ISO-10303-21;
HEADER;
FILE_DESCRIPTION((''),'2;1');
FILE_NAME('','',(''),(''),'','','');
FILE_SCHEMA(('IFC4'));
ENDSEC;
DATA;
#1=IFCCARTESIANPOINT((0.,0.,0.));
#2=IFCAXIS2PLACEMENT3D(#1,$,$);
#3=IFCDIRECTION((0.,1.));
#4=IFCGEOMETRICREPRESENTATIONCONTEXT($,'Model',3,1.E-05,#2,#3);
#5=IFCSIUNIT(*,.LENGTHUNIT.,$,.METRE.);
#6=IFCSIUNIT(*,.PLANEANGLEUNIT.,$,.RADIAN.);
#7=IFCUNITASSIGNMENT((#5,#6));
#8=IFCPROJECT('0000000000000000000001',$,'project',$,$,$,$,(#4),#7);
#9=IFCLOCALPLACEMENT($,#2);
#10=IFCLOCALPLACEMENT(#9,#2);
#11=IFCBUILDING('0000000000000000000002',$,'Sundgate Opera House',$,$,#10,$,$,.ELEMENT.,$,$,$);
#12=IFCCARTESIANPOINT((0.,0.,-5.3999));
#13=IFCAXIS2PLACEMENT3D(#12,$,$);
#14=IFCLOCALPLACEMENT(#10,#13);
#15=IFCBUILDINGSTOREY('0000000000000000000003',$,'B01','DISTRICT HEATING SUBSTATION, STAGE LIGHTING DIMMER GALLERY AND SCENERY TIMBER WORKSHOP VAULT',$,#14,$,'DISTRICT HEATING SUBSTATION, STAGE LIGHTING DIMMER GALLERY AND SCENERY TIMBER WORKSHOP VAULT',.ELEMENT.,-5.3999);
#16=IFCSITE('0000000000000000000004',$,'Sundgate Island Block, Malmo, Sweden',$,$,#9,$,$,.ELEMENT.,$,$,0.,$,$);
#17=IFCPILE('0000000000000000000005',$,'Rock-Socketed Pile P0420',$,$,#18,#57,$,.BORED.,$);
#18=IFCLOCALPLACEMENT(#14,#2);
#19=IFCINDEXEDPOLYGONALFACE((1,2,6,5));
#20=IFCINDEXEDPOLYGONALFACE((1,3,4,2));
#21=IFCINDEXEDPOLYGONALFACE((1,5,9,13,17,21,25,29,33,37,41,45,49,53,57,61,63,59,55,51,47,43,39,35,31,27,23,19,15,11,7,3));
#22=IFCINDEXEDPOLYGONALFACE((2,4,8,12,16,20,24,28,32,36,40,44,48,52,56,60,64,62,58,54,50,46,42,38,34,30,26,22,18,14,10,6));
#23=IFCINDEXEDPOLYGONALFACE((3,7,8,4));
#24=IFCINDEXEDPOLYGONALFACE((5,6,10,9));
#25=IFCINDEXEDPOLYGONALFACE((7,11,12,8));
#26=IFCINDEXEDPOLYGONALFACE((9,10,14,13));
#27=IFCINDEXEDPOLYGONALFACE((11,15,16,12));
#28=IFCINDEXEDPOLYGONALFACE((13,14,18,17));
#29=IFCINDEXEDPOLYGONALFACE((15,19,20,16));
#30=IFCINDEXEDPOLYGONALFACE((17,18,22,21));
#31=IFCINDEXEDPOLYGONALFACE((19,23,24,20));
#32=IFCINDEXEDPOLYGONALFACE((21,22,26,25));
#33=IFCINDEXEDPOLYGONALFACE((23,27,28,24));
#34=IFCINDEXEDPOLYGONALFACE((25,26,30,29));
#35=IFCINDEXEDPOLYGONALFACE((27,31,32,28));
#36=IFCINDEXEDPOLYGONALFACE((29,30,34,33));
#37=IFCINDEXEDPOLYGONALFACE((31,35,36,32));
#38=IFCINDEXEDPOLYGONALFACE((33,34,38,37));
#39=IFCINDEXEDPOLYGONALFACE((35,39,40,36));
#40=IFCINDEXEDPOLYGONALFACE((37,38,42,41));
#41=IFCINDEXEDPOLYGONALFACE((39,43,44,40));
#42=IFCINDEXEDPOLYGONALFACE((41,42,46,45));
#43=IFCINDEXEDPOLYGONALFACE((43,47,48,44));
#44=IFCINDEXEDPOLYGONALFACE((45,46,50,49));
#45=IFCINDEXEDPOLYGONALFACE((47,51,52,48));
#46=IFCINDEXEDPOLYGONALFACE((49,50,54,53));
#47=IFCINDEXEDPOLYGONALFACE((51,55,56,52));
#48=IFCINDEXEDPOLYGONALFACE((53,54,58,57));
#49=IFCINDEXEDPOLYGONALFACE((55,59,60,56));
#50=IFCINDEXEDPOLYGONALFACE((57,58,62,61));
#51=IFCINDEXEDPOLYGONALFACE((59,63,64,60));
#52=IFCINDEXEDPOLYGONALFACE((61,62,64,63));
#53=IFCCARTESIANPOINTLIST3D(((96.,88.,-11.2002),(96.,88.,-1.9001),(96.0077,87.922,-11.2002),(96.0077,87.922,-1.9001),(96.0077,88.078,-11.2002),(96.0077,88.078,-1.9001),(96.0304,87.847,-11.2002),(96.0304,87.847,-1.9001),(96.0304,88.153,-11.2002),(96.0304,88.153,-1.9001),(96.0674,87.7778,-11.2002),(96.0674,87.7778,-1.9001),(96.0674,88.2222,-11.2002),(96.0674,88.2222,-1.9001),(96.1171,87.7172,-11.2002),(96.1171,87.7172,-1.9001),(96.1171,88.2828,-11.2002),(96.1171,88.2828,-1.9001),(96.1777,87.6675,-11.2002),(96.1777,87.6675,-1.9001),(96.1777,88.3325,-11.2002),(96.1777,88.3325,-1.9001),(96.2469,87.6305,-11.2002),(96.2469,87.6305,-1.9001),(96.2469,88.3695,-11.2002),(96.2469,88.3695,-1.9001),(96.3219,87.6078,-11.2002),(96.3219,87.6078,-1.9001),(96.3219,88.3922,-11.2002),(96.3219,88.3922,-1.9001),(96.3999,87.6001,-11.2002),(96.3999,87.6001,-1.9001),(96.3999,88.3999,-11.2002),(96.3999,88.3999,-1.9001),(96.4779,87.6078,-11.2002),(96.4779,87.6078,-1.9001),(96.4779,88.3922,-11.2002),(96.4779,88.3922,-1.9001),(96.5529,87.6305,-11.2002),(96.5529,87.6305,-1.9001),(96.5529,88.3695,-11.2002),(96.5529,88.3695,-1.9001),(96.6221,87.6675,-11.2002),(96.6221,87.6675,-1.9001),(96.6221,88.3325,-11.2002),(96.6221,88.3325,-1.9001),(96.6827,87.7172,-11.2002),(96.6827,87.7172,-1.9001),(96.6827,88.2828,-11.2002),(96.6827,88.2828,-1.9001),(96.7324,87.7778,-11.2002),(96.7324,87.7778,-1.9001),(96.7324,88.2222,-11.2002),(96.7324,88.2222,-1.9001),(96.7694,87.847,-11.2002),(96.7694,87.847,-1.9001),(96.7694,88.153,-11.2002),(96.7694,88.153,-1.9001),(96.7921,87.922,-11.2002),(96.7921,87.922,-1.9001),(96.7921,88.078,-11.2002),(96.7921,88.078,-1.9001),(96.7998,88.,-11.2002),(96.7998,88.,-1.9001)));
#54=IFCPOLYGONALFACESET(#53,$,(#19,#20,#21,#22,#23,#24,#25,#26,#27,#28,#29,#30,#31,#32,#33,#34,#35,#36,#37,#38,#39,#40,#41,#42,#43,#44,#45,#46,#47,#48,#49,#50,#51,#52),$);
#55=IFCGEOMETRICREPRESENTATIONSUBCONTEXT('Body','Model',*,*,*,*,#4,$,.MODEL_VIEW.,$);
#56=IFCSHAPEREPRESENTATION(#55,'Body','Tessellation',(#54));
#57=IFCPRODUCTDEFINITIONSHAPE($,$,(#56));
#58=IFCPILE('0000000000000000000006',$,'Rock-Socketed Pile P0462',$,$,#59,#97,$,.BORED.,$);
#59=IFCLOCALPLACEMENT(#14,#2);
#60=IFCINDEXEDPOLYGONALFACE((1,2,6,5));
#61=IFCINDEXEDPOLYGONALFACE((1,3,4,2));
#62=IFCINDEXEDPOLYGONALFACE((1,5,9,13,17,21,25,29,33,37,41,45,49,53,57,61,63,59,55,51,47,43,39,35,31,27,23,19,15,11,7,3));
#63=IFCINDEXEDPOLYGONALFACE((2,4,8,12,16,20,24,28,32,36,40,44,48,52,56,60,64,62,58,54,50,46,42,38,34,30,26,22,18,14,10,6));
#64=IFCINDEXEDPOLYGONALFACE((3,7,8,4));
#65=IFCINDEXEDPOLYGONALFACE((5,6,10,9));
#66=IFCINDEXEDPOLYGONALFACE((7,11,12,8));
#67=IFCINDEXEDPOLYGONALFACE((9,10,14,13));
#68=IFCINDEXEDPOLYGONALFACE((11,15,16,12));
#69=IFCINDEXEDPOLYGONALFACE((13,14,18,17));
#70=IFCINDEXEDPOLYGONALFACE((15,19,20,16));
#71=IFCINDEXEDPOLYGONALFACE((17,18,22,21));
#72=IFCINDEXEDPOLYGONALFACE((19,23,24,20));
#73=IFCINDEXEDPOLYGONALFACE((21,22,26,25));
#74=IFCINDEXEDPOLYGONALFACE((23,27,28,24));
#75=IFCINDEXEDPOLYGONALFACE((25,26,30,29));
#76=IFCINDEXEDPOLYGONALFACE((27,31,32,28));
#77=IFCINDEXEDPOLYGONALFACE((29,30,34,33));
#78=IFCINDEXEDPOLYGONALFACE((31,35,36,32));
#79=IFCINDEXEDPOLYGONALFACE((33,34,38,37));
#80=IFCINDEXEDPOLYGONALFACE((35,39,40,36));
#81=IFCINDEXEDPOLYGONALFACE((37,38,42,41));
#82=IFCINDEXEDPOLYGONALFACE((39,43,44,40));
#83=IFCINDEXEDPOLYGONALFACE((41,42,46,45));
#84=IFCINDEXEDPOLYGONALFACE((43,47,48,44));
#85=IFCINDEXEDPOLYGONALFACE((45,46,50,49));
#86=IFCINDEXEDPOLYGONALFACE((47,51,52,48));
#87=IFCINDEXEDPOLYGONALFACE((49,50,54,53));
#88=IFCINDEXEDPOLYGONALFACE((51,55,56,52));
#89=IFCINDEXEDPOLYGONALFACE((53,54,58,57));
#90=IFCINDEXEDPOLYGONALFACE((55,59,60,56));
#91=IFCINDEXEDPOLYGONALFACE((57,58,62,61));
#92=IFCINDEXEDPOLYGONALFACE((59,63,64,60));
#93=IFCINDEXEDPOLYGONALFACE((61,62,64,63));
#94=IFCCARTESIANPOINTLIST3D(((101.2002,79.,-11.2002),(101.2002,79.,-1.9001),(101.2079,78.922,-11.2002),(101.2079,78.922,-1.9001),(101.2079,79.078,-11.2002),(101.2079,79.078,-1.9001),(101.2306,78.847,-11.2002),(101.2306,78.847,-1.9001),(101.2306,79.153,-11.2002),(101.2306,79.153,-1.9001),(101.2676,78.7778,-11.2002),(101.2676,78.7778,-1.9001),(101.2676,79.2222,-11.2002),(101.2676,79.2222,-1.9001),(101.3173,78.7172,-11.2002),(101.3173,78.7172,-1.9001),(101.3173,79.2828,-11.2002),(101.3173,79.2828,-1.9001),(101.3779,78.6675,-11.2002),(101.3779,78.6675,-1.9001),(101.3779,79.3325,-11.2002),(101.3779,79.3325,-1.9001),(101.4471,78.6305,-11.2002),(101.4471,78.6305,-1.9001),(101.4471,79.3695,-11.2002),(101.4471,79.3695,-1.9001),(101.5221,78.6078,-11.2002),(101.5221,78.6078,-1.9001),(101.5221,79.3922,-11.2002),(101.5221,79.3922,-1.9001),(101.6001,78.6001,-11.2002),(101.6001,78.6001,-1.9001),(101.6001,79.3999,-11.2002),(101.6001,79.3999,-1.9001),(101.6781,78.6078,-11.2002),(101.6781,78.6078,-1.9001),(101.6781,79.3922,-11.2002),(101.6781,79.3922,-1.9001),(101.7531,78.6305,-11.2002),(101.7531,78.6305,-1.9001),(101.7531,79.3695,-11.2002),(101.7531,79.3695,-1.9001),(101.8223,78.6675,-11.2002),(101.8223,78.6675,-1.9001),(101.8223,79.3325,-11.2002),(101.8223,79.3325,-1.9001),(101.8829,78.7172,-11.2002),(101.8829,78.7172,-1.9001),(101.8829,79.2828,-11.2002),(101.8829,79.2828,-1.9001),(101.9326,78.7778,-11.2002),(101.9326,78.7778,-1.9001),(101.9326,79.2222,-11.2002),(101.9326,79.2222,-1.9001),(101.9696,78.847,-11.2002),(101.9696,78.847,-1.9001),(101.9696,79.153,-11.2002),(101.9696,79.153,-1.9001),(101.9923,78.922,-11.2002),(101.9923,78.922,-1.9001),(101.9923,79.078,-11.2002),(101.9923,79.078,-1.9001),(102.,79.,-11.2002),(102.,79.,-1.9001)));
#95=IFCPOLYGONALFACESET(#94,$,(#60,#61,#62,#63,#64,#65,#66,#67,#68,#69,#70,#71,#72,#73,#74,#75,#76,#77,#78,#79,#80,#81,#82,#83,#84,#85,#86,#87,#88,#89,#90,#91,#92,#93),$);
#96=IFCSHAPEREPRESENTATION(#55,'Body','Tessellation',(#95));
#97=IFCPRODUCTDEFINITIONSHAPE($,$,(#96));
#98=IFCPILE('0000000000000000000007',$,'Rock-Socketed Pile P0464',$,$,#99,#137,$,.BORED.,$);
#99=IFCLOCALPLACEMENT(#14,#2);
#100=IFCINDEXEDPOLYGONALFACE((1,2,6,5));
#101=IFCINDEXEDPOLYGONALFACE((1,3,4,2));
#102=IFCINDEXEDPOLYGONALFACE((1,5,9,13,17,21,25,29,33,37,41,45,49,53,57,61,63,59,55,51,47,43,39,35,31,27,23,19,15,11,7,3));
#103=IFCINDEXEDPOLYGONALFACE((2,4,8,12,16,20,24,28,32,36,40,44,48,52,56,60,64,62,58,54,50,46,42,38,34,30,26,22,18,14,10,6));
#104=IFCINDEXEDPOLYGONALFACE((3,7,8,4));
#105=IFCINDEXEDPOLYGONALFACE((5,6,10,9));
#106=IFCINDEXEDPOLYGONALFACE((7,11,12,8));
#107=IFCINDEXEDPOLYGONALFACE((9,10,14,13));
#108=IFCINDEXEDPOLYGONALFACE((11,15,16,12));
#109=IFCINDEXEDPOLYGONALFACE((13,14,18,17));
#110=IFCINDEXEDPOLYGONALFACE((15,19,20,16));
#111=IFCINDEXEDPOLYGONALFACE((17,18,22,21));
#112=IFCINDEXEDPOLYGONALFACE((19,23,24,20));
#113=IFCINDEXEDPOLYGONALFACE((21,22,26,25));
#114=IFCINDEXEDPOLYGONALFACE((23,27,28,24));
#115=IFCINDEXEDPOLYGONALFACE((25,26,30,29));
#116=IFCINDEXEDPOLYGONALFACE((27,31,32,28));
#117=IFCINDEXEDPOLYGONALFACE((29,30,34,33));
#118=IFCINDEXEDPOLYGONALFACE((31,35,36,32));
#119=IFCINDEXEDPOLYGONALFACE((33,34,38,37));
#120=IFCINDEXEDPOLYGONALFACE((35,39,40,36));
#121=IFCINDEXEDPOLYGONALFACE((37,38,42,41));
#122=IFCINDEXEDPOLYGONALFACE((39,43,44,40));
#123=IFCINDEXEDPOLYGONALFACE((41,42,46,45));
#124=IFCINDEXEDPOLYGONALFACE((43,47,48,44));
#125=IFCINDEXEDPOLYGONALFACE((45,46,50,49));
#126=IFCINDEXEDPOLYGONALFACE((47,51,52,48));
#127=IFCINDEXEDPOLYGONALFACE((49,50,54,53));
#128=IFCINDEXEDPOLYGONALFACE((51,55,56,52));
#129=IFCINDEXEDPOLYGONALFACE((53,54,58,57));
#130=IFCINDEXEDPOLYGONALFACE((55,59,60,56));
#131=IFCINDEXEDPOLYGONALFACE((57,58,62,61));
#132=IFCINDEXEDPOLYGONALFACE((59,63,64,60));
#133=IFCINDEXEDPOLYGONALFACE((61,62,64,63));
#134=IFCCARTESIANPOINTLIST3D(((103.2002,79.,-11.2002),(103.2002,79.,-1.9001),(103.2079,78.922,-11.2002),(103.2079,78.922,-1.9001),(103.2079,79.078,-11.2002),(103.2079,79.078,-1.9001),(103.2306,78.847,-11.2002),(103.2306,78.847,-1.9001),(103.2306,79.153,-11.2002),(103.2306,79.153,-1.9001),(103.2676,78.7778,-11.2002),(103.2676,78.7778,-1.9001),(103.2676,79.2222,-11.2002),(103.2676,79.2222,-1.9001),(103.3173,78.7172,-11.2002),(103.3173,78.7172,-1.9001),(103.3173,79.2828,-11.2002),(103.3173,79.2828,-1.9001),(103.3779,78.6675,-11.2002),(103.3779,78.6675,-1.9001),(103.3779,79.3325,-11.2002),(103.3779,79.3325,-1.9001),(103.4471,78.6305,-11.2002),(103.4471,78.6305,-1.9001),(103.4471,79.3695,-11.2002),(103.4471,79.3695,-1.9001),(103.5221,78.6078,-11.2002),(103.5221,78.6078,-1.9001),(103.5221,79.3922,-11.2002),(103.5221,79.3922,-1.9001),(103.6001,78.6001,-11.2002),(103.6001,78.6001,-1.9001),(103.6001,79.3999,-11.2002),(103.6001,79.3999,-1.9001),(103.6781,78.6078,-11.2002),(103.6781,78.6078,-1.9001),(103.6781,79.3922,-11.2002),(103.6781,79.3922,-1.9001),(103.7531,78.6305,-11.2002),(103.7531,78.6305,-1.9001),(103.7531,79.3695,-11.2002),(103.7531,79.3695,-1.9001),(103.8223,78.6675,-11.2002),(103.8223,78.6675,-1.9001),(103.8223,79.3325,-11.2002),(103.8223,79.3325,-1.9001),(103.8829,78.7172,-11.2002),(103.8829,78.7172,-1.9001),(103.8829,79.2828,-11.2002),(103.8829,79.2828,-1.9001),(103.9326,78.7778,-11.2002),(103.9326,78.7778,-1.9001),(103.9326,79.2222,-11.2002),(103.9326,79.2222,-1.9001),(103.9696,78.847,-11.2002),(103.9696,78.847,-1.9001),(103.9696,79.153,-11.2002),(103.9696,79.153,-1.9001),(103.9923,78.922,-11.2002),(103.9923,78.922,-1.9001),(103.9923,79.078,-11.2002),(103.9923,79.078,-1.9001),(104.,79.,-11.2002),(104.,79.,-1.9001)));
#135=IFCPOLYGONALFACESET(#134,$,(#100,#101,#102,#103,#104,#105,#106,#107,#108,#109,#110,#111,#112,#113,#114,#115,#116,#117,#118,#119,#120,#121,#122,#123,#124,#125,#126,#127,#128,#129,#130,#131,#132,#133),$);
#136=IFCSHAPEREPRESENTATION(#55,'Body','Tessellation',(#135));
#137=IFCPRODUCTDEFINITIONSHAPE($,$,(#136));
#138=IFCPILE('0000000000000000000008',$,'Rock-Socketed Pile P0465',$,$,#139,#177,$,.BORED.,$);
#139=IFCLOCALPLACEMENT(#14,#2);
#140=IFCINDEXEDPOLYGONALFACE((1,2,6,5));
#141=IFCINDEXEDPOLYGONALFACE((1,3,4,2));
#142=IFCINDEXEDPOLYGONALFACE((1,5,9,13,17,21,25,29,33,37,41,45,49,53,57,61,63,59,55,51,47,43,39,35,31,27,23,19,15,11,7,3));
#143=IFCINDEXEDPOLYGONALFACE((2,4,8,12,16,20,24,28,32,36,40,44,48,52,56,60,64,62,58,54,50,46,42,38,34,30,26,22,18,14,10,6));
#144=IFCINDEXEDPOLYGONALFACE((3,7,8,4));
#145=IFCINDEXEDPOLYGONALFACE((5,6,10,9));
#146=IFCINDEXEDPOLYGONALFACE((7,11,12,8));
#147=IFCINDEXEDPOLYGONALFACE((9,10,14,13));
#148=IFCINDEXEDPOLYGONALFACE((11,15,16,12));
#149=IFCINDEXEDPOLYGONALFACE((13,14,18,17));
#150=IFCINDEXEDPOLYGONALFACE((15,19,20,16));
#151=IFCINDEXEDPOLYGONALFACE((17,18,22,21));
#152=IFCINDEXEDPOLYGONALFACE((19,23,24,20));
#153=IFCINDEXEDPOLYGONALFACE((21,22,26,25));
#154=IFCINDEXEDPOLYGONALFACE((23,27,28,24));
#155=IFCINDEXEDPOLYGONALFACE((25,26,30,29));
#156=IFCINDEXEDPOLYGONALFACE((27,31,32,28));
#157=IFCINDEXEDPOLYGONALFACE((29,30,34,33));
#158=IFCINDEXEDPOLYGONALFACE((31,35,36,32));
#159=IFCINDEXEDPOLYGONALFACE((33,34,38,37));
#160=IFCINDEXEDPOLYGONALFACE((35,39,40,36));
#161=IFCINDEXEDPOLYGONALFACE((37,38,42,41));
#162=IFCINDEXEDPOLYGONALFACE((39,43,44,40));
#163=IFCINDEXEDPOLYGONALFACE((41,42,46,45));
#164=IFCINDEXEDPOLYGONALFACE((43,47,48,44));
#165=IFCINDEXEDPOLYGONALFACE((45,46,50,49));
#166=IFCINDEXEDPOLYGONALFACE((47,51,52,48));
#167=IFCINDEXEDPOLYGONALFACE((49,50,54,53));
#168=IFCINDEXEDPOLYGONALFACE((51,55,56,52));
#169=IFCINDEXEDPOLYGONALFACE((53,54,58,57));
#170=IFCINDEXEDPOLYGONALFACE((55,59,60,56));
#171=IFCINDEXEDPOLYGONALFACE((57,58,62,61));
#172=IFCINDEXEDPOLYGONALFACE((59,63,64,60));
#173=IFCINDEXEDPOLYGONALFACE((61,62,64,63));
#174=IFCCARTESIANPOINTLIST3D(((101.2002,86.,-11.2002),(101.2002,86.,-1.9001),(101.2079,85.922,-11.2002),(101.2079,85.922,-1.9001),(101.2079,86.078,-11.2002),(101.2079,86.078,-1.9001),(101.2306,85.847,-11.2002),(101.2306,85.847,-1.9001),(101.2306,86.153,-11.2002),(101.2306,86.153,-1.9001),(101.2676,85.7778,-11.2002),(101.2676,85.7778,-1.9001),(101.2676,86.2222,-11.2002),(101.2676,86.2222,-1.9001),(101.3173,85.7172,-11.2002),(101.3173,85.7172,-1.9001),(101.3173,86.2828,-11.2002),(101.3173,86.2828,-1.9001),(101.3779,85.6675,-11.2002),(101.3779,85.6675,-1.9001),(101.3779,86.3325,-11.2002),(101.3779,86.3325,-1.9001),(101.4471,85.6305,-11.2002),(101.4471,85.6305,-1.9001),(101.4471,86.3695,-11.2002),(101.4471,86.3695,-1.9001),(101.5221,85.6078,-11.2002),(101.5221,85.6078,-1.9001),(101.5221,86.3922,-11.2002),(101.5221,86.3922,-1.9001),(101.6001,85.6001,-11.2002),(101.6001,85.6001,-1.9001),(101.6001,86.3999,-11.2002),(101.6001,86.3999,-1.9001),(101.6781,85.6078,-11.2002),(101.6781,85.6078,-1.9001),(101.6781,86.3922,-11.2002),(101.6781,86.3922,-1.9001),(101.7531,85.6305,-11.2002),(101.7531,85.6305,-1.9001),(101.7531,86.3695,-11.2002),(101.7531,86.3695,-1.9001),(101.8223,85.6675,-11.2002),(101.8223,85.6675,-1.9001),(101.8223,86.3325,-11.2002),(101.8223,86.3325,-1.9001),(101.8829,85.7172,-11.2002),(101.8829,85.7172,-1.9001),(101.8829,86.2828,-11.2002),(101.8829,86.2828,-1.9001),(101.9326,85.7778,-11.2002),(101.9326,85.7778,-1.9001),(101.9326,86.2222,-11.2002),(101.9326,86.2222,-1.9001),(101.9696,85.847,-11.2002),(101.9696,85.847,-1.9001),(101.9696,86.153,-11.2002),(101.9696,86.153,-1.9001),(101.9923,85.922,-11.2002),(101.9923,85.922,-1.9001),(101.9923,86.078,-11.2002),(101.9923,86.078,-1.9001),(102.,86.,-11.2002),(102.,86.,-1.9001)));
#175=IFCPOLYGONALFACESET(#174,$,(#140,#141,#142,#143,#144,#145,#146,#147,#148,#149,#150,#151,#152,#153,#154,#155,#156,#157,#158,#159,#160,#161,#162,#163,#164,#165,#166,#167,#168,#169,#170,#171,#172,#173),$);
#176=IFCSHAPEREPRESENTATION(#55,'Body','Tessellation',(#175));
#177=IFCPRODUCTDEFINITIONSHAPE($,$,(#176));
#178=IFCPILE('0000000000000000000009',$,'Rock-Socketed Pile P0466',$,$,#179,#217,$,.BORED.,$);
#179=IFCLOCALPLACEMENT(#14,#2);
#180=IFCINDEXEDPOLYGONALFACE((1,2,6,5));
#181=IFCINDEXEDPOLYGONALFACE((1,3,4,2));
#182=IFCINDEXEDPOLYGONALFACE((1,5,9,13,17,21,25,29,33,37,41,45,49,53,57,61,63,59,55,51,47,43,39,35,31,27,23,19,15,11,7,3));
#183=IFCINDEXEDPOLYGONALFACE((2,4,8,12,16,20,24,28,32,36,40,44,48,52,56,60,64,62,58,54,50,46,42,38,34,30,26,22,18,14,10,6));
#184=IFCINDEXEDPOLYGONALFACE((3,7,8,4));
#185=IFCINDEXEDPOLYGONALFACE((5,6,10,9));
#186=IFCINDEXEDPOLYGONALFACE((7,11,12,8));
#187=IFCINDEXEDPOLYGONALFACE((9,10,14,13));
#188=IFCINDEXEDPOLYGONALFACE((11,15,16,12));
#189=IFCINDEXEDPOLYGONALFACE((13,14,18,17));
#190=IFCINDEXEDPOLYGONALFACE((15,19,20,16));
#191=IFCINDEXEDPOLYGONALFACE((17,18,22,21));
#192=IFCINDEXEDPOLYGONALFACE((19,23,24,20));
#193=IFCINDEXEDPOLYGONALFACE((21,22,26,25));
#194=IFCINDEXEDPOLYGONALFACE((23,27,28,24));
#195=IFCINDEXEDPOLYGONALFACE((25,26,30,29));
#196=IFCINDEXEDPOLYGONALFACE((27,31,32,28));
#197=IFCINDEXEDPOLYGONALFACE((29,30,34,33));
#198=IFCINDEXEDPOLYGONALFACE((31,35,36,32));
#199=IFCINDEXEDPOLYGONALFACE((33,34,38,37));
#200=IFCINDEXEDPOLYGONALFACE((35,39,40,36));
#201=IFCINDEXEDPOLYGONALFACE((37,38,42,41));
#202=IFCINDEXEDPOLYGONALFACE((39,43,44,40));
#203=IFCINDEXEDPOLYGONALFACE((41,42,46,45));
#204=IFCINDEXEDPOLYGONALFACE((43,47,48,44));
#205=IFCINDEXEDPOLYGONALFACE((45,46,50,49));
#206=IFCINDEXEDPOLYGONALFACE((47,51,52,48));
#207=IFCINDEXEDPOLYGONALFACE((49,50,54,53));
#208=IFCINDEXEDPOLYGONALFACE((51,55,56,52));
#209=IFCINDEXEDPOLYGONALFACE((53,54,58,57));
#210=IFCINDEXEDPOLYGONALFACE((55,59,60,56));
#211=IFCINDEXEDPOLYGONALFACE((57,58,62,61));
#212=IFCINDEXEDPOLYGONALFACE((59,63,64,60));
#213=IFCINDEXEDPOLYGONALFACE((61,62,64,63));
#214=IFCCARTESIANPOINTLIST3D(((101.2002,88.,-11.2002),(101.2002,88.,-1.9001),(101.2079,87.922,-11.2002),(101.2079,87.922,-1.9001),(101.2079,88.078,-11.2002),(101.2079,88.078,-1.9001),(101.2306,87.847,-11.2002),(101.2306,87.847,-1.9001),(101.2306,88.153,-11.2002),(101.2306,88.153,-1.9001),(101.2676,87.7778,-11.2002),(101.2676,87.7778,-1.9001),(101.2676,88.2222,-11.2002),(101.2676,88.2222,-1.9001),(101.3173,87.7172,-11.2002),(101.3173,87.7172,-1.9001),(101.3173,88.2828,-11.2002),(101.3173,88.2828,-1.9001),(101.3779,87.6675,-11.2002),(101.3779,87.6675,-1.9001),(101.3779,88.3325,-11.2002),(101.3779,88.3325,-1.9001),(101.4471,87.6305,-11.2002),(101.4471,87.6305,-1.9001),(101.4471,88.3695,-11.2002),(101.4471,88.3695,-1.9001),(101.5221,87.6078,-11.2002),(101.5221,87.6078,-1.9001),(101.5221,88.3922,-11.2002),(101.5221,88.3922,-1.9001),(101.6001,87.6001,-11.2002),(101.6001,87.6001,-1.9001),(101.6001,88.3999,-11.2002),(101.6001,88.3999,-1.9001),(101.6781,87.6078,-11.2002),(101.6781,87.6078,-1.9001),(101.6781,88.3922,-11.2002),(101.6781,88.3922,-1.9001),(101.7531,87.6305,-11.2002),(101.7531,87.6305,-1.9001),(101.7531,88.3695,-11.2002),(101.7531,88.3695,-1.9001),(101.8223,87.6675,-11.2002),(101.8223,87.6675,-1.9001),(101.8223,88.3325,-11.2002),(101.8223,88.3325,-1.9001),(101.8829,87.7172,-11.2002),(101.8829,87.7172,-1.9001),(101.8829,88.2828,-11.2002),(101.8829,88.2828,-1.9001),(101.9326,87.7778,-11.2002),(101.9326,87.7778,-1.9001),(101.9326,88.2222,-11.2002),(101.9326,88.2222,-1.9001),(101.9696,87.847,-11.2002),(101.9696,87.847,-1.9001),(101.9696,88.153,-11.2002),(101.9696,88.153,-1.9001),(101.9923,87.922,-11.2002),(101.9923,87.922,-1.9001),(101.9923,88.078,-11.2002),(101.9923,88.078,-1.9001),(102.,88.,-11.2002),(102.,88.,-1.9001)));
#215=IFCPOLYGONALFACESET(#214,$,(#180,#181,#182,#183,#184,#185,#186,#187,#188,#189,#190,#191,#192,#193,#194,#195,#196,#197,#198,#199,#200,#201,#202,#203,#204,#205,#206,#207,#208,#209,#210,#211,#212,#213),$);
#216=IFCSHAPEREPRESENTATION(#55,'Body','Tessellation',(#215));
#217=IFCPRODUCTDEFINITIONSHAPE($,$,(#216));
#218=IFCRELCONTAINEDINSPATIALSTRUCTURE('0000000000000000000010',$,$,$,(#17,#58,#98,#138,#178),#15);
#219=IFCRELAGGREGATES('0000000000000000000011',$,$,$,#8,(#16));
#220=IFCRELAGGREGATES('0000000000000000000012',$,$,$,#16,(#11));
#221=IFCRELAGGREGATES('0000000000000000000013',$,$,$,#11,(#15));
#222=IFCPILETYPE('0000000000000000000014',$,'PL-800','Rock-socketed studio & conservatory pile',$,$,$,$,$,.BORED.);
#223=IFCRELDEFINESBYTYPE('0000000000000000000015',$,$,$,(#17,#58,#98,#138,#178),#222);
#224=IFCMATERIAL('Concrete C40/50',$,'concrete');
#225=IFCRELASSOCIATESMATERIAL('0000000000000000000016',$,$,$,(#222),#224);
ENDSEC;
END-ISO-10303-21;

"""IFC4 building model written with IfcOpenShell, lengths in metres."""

from ifc_helpers import new_model, si_unit, direction, frame, origin, origin_2d, place, context, subcontext, project, spatial, circle, extrude, material, material_profile, profile_set, type_object, element, save


model = new_model("IFC4")

# Units and contexts
model_context = context("Model", 3, precision=1e-05, world=origin(), true_north=direction((0.0, 1.0)))
body_context = subcontext(model_context, "Body", "Model", "MODEL_VIEW")
ifc_project = project(units=[si_unit("LENGTHUNIT", "METRE"), si_unit("PLANEANGLEUNIT", "RADIAN")], contexts=[model_context])

# Site, building, storey
site_placement = place(None, origin())
site = spatial("IfcSite", under=ifc_project, at=site_placement, Name="Sundgate Island Block, Malmo, Sweden", CompositionType="ELEMENT", RefElevation=0.0)
building_placement = place(site_placement, origin())
building = spatial("IfcBuilding", under=site, at=building_placement, Name="Sundgate Opera House", CompositionType="ELEMENT")
storey_placement = place(building_placement, frame((0.0, 0.0, -5.3999)))
storey = spatial("IfcBuildingStorey", under=building, at=storey_placement, Name="B01", Description="DISTRICT HEATING SUBSTATION, STAGE LIGHTING DIMMER GALLERY AND SCENERY TIMBER WORKSHOP VAULT", LongName="DISTRICT HEATING SUBSTATION, STAGE LIGHTING DIMMER GALLERY AND SCENERY TIMBER WORKSHOP VAULT", CompositionType="ELEMENT", Elevation=-5.3999)

# Piles
ifc_material_1 = material(Name="Concrete C40/50", Category="concrete")
ifc_material_profile_1 = material_profile(ifc_material_1, circle(Radius=0.3999, at=origin_2d()), Name="PILE D800")
ifc_profile_set_1 = profile_set([ifc_material_profile_1], Name="Concrete C40/50")
pile_type = type_object("IfcPileType", Name="PL-800", Description="Rock-socketed studio & conservatory pile", PredefinedType="BORED", material=ifc_profile_set_1)
for number, where, z_axis, x_axis, name in (
    (1, (96.3999, 88.0, -1.9001), (0.0, 0.0, -1.0), (1.0, 0.0, 0.0), "Rock-Socketed Pile P0420"),
    (2, (101.6001, 79.0, -1.9001), (0.0, 0.0, -1.0), (1.0, 0.0, 0.0), "Rock-Socketed Pile P0462"),
    (3, (103.6001, 79.0, -1.9001), (0.0, 0.0, -1.0), (1.0, 0.0, 0.0), "Rock-Socketed Pile P0464"),
    (4, (101.6001, 86.0, -1.9001), (0.0, 0.0, -1.0), (1.0, 0.0, 0.0), "Rock-Socketed Pile P0465"),
    (5, (101.6001, 88.0, -1.9001), (0.0, 0.0, -1.0), (1.0, 0.0, 0.0), "Rock-Socketed Pile P0466"),
):
    element("IfcPile", number, at=place(storey_placement, frame(where, z_axis=z_axis, x_axis=x_axis)), inside=storey, type_object=pile_type, Name=name, PredefinedType="BORED", context=body_context, shape_type="SweptSolid", body=[
        extrude(circle(Radius=0.3999, at=origin_2d()), origin(), (0.0, 0.0, 1.0), 9.3),
    ])

save(model, "model.ifc")
